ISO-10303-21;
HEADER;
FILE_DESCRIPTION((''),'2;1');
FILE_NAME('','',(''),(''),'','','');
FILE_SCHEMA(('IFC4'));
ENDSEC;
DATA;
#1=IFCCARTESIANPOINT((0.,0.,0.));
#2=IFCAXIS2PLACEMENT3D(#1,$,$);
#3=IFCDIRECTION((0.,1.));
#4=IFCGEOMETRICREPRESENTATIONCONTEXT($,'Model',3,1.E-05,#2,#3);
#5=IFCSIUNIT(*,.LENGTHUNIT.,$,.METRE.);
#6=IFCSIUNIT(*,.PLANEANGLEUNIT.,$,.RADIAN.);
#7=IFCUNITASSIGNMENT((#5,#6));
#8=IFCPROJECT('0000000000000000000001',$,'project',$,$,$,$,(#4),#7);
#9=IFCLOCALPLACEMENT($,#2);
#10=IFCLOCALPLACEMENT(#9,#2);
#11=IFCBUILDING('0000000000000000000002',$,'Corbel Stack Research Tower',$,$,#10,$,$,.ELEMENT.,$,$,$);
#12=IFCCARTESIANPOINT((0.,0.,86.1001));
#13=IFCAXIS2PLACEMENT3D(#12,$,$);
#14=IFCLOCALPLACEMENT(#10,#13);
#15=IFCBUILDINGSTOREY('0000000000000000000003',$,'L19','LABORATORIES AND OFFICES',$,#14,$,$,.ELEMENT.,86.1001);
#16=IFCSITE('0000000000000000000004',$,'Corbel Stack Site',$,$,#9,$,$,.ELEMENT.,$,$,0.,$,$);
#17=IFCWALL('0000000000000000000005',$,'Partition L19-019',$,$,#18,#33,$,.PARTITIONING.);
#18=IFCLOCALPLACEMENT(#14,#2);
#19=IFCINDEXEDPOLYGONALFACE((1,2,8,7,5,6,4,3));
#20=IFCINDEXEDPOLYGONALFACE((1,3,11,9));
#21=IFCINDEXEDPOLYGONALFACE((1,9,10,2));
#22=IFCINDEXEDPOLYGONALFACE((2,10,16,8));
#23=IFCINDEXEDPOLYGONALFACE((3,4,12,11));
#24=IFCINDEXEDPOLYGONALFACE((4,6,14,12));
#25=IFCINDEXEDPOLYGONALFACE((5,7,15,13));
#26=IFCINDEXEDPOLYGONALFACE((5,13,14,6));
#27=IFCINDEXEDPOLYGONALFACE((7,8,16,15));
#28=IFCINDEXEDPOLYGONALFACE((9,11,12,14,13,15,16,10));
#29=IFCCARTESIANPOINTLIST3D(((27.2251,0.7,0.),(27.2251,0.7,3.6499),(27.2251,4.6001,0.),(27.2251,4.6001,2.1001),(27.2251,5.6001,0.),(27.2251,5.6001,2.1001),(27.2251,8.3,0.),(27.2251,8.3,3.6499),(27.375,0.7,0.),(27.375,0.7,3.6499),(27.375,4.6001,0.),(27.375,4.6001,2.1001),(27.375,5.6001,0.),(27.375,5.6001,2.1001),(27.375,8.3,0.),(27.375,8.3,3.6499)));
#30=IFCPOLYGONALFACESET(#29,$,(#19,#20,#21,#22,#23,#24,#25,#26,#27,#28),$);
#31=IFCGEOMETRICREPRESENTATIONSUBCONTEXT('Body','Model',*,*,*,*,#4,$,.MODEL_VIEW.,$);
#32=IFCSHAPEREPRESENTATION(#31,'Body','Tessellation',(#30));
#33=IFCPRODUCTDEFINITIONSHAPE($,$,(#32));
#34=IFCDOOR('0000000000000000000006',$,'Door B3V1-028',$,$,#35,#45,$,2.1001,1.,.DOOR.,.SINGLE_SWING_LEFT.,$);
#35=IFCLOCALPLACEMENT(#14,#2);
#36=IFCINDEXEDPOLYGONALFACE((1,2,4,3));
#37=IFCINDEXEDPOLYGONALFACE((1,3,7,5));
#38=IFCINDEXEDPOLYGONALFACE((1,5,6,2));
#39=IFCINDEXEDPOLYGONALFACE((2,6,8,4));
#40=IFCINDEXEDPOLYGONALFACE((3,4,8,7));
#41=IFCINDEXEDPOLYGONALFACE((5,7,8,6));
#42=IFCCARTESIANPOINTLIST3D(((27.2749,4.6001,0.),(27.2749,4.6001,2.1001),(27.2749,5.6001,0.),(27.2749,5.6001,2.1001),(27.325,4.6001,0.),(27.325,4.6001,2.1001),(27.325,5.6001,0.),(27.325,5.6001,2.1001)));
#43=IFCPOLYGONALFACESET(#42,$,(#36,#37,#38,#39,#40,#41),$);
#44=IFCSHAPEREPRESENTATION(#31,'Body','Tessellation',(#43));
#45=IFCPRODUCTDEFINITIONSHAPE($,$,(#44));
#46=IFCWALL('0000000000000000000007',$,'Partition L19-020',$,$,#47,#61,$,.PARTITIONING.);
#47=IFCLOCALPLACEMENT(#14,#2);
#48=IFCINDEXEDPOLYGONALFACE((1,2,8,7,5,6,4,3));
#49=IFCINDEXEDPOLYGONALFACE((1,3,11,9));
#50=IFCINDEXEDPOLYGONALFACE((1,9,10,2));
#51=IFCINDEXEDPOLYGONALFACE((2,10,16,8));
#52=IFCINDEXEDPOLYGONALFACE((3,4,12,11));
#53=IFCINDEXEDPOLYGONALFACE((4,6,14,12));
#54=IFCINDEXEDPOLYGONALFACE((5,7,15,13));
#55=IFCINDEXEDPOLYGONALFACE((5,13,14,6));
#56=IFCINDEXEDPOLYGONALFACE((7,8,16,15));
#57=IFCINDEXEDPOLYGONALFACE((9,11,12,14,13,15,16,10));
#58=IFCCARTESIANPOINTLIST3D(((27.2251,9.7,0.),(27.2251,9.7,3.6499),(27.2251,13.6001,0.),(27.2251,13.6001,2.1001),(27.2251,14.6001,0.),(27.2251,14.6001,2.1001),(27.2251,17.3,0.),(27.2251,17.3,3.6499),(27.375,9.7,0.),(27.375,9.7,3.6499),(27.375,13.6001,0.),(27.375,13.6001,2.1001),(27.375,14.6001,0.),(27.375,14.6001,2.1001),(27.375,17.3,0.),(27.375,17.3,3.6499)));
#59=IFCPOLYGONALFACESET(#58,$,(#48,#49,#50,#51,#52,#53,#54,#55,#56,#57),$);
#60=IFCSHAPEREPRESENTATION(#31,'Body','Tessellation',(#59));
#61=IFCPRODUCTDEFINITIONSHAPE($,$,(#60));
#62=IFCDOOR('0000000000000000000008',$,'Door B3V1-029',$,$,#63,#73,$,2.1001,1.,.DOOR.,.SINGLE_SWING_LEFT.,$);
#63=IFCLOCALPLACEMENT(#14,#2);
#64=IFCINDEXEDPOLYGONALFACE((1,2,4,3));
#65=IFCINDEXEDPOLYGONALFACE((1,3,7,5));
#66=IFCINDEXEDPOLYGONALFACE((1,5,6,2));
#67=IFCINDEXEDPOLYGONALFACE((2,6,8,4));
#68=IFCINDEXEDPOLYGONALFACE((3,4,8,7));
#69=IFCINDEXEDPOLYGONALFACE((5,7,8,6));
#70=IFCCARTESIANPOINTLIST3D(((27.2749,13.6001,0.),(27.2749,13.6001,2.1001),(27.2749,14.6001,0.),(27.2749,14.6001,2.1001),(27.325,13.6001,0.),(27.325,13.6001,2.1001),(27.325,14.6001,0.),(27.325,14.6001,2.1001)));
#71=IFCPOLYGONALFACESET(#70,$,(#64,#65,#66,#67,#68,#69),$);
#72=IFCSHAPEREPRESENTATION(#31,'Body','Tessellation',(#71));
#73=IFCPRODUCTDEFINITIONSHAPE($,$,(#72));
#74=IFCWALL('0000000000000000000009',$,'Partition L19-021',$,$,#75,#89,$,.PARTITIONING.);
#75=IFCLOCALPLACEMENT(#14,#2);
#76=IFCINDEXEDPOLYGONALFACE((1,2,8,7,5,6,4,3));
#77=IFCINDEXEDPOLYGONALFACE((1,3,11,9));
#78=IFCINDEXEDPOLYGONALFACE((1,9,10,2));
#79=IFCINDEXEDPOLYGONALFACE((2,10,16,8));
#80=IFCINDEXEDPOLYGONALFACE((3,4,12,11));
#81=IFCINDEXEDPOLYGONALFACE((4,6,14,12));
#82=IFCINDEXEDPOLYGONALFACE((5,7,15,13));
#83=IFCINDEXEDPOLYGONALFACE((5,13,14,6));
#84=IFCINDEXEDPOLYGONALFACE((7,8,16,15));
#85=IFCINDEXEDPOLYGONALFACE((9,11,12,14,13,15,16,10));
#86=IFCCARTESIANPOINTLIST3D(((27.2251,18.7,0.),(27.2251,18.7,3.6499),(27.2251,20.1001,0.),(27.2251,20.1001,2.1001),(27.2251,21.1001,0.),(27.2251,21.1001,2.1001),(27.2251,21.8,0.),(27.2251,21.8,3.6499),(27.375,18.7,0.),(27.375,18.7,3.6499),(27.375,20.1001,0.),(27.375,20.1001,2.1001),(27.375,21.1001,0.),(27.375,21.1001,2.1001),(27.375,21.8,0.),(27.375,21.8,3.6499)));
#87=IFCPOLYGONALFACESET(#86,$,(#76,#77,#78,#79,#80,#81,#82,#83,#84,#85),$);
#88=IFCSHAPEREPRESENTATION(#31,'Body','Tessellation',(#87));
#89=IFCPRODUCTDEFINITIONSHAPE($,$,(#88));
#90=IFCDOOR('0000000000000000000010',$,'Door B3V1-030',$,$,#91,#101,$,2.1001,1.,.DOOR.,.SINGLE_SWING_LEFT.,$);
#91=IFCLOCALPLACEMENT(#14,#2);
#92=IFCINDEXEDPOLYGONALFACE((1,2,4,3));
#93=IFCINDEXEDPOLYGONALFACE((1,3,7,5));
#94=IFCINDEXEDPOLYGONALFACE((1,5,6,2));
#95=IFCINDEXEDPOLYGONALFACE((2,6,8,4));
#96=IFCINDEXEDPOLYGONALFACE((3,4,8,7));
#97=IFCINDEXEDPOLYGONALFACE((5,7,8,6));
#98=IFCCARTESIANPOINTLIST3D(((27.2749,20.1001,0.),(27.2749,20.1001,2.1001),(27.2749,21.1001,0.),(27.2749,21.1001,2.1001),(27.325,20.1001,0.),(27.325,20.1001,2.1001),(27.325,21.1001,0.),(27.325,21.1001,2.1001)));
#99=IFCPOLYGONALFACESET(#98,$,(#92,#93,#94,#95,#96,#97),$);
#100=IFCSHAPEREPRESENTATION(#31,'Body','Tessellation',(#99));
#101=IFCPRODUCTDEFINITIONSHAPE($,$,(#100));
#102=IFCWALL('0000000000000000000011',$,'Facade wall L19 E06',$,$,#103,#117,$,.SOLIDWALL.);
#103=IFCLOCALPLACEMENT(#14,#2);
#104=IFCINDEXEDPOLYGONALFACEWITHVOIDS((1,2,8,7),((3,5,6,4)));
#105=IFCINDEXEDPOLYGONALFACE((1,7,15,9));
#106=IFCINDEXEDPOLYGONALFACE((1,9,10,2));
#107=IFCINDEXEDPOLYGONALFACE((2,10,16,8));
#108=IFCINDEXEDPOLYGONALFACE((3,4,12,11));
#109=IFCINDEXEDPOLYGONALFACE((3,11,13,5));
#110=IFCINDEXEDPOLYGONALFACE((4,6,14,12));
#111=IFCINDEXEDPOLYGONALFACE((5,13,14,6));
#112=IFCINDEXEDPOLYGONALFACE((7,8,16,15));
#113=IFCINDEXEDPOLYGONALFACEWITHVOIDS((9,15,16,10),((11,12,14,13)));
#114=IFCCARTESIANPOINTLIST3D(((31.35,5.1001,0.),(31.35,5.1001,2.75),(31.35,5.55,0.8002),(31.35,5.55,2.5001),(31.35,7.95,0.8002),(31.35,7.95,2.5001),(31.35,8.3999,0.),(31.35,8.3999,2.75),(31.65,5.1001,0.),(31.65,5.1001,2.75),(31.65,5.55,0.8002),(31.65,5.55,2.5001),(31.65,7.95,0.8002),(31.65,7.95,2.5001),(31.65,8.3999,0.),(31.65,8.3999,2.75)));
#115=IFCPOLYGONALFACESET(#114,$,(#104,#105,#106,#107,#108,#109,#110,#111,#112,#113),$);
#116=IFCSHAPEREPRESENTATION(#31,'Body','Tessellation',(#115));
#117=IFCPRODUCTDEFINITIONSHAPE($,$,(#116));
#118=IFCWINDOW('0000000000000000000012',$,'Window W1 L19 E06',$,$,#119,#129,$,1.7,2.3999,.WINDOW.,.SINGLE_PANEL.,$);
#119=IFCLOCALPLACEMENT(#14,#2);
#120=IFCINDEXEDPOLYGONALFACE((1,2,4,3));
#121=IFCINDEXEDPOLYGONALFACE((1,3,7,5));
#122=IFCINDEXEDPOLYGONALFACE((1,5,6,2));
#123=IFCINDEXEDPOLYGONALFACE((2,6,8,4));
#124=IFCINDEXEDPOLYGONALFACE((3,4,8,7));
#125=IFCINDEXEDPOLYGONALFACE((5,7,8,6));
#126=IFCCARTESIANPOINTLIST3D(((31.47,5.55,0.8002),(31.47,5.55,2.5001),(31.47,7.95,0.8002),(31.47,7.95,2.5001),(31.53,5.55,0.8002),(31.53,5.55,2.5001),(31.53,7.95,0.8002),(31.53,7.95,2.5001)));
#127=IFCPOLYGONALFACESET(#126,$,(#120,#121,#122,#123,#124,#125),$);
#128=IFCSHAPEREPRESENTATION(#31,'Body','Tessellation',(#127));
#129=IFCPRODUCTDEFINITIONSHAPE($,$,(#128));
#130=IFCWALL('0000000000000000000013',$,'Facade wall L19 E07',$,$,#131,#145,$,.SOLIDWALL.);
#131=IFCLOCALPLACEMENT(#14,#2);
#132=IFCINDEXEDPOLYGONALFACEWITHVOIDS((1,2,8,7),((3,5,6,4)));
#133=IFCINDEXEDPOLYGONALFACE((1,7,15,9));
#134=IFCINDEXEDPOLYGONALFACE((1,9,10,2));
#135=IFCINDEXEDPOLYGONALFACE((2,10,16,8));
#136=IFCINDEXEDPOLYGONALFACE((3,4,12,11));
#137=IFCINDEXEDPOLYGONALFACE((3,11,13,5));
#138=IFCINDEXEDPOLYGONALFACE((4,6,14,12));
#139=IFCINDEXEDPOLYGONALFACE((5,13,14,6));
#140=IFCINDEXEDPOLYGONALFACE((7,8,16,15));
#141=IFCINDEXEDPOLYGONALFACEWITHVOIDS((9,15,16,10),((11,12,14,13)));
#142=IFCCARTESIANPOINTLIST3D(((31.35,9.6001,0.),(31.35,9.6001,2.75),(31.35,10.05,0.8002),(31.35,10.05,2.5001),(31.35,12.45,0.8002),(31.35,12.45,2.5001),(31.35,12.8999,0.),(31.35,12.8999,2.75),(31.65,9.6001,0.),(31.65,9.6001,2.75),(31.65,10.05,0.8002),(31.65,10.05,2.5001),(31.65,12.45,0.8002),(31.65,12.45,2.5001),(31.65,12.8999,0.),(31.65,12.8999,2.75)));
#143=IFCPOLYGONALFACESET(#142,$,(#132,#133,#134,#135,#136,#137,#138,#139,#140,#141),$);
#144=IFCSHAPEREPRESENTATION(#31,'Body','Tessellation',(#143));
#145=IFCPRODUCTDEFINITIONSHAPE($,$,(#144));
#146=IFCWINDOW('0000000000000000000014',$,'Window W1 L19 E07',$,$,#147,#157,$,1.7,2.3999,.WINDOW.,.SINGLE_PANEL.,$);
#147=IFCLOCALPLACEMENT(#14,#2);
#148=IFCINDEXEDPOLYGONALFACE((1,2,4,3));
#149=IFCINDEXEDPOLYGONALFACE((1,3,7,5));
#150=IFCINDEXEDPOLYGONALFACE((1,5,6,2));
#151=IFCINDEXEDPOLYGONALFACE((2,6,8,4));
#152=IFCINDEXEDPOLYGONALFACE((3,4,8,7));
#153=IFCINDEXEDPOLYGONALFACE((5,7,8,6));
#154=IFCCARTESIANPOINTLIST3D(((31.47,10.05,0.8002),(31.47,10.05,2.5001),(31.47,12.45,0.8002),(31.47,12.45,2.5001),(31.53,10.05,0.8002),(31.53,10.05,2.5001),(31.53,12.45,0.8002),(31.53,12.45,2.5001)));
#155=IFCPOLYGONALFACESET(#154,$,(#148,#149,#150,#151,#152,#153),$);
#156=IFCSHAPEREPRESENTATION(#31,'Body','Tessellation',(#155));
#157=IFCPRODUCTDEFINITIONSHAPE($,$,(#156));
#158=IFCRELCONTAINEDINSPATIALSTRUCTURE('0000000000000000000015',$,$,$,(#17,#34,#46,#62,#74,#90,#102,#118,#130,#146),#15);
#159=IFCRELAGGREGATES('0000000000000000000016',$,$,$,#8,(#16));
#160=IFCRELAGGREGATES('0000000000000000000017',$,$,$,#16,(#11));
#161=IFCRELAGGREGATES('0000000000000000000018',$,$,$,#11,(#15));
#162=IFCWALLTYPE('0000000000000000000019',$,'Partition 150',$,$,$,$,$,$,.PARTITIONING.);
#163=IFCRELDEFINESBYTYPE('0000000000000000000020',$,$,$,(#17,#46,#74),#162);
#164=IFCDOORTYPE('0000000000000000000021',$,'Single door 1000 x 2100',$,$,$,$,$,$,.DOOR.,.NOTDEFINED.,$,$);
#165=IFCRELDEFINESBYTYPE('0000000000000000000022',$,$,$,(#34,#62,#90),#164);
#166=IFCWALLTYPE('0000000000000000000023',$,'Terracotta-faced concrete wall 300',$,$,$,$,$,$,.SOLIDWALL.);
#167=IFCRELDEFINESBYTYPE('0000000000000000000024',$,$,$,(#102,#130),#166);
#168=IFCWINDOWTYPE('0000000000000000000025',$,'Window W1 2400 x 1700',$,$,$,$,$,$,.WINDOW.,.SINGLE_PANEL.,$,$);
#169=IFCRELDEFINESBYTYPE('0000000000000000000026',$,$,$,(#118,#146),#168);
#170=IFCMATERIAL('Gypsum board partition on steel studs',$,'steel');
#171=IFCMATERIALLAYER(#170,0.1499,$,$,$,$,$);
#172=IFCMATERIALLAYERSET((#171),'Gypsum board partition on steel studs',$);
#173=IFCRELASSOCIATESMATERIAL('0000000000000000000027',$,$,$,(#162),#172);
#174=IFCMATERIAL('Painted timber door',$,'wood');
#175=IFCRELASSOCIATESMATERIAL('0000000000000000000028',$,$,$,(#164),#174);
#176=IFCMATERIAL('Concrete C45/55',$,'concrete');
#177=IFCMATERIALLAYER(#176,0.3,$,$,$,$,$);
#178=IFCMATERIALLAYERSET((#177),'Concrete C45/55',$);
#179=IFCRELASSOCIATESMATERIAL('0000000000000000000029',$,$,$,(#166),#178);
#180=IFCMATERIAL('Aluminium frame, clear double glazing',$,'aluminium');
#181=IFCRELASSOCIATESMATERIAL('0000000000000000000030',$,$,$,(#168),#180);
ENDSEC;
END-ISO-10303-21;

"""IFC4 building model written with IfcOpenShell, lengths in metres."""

from ifc_helpers import new_model, si_unit, direction, frame, frame_2d, origin, place, context, subcontext, project, spatial, rectangle, extrude, material, layer, layer_set, type_object, element, fill, save


model = new_model("IFC4")

# Units and contexts
model_context = context("Model", 3, precision=1e-05, world=origin(), true_north=direction((0.0, 1.0)))
body_context = subcontext(model_context, "Body", "Model", "MODEL_VIEW")
ifc_project = project(units=[si_unit("LENGTHUNIT", "METRE"), si_unit("PLANEANGLEUNIT", "RADIAN")], contexts=[model_context])

# Site, building, storey
site_placement = place(None, origin())
site = spatial("IfcSite", under=ifc_project, at=site_placement, Name="Corbel Stack Site", CompositionType="ELEMENT", RefElevation=0.0)
building_placement = place(site_placement, origin())
building = spatial("IfcBuilding", under=site, at=building_placement, Name="Corbel Stack Research Tower", CompositionType="ELEMENT")
storey_placement = place(building_placement, frame((0.0, 0.0, 86.1001)))
storey = spatial("IfcBuildingStorey", under=building, at=storey_placement, Name="L19", Description="LABORATORIES AND OFFICES", CompositionType="ELEMENT", Elevation=86.1001)

# Walls, openings, doors
ifc_material_1 = material(Name="Gypsum board partition on steel studs", Category="steel")
ifc_layer_1 = layer(ifc_material_1, 0.1499)
ifc_layer_set_1 = layer_set([ifc_layer_1], Name="Gypsum board partition on steel studs")
wall_type_1 = type_object("IfcWallType", Name="Partition 150", PredefinedType="PARTITIONING", material=ifc_layer_set_1)
wall_1_placement = place(storey_placement, frame((27.3, 8.3, 0.0), z_axis=(0.0, 0.0, 1.0), x_axis=(0.0, -1.0, 0.0)))
wall_1 = element("IfcWall", 1, at=wall_1_placement, inside=storey, type_object=wall_type_1, Name="Partition L19-019", PredefinedType="PARTITIONING", context=body_context, shape_type="SweptSolid", body=[
    extrude(rectangle(XDim=7.6001, YDim=0.1499, at=frame_2d((3.8, 0.0))), origin(), (0.0, 0.0, 1.0), 3.6499),
])
opening_1_placement = place(wall_1_placement, frame((2.7, 0.0, 0.0)))
opening_1 = element("IfcOpeningElement", 2, at=opening_1_placement, cuts=wall_1, PredefinedType="OPENING", context=body_context, shape_type="SweptSolid", body=[
    extrude(rectangle(XDim=1.0, YDim=2.1001, at=frame_2d((0.5, 1.05))), frame((0.0, 0.085, 0.0), z_axis=(0.0, -1.0, 0.0), x_axis=(1.0, 0.0, 0.0)), (0.0, 0.0, 1.0), 0.1699),
])
ifc_material_2 = material(Name="Painted timber door", Category="wood")
door_type_1 = type_object("IfcDoorType", Name="Single door 1000 x 2100", OperationType="NOTDEFINED", PredefinedType="DOOR", material=ifc_material_2)
door_1_placement = place(opening_1_placement, origin())
door_1 = element("IfcDoor", 3, at=door_1_placement, inside=storey, type_object=door_type_1, Name="Door B3V1-028", OperationType="SINGLE_SWING_LEFT", OverallHeight=2.1001, OverallWidth=1.0, PredefinedType="DOOR", context=body_context, shape_type="SweptSolid", body=[
    extrude(rectangle(XDim=1.0, YDim=2.1001, at=frame_2d((0.5, 1.05))), frame((0.0, 0.0249, 0.0), z_axis=(0.0, -1.0, 0.0), x_axis=(1.0, 0.0, 0.0)), (0.0, 0.0, 1.0), 0.05),
])
fill(opening_1, door_1)
wall_2_placement = place(storey_placement, frame((27.3, 17.3, 0.0), z_axis=(0.0, 0.0, 1.0), x_axis=(0.0, -1.0, 0.0)))
wall_2 = element("IfcWall", 4, at=wall_2_placement, inside=storey, type_object=wall_type_1, Name="Partition L19-020", PredefinedType="PARTITIONING", context=body_context, shape_type="SweptSolid", body=[
    extrude(rectangle(XDim=7.6001, YDim=0.1499, at=frame_2d((3.8, 0.0))), origin(), (0.0, 0.0, 1.0), 3.6499),
])
opening_2_placement = place(wall_2_placement, frame((2.7, 0.0, 0.0)))
opening_2 = element("IfcOpeningElement", 5, at=opening_2_placement, cuts=wall_2, PredefinedType="OPENING", context=body_context, shape_type="SweptSolid", body=[
    extrude(rectangle(XDim=1.0, YDim=2.1001, at=frame_2d((0.5, 1.05))), frame((0.0, 0.085, 0.0), z_axis=(0.0, -1.0, 0.0), x_axis=(1.0, 0.0, 0.0)), (0.0, 0.0, 1.0), 0.1699),
])
door_2_placement = place(opening_2_placement, origin())
door_2 = element("IfcDoor", 6, at=door_2_placement, inside=storey, type_object=door_type_1, Name="Door B3V1-029", OperationType="SINGLE_SWING_LEFT", OverallHeight=2.1001, OverallWidth=1.0, PredefinedType="DOOR", context=body_context, shape_type="SweptSolid", body=[
    extrude(rectangle(XDim=1.0, YDim=2.1001, at=frame_2d((0.5, 1.05))), frame((0.0, 0.0249, 0.0), z_axis=(0.0, -1.0, 0.0), x_axis=(1.0, 0.0, 0.0)), (0.0, 0.0, 1.0), 0.05),
])
fill(opening_2, door_2)
wall_3_placement = place(storey_placement, frame((27.3, 21.8, 0.0), z_axis=(0.0, 0.0, 1.0), x_axis=(0.0, -1.0, 0.0)))
wall_3 = element("IfcWall", 7, at=wall_3_placement, inside=storey, type_object=wall_type_1, Name="Partition L19-021", PredefinedType="PARTITIONING", context=body_context, shape_type="SweptSolid", body=[
    extrude(rectangle(XDim=3.1001, YDim=0.1499, at=frame_2d((1.55, 0.0))), origin(), (0.0, 0.0, 1.0), 3.6499),
])
opening_3_placement = place(wall_3_placement, frame((0.7, 0.0, 0.0)))
opening_3 = element("IfcOpeningElement", 8, at=opening_3_placement, cuts=wall_3, PredefinedType="OPENING", context=body_context, shape_type="SweptSolid", body=[
    extrude(rectangle(XDim=1.0, YDim=2.1001, at=frame_2d((0.5, 1.05))), frame((0.0, 0.085, 0.0), z_axis=(0.0, -1.0, 0.0), x_axis=(1.0, 0.0, 0.0)), (0.0, 0.0, 1.0), 0.1699),
])
door_3_placement = place(opening_3_placement, origin())
door_3 = element("IfcDoor", 9, at=door_3_placement, inside=storey, type_object=door_type_1, Name="Door B3V1-030", OperationType="SINGLE_SWING_LEFT", OverallHeight=2.1001, OverallWidth=1.0, PredefinedType="DOOR", context=body_context, shape_type="SweptSolid", body=[
    extrude(rectangle(XDim=1.0, YDim=2.1001, at=frame_2d((0.5, 1.05))), frame((0.0, 0.0249, 0.0), z_axis=(0.0, -1.0, 0.0), x_axis=(1.0, 0.0, 0.0)), (0.0, 0.0, 1.0), 0.05),
])
fill(opening_3, door_3)

# Walls, openings, windows
ifc_material_3 = material(Name="Concrete C45/55", Category="concrete")
ifc_layer_2 = layer(ifc_material_3, 0.3)
ifc_layer_set_2 = layer_set([ifc_layer_2], Name="Concrete C45/55")
wall_type_2 = type_object("IfcWallType", Name="Terracotta-faced concrete wall 300", PredefinedType="SOLIDWALL", material=ifc_layer_set_2)
wall_4_placement = place(storey_placement, frame((31.5, 8.3999, 0.0), z_axis=(0.0, 0.0, 1.0), x_axis=(0.0, -1.0, 0.0)))
wall_4 = element("IfcWall", 10, at=wall_4_placement, inside=storey, type_object=wall_type_2, Name="Facade wall L19 E06", PredefinedType="SOLIDWALL", context=body_context, shape_type="SweptSolid", body=[
    extrude(rectangle(XDim=3.2998, YDim=0.3, at=frame_2d((1.6499, 0.0))), origin(), (0.0, 0.0, 1.0), 2.75),
])
opening_4_placement = place(wall_4_placement, frame((0.45, 0.0, 0.8)))
opening_4 = element("IfcOpeningElement", 11, at=opening_4_placement, cuts=wall_4, PredefinedType="OPENING", context=body_context, shape_type="SweptSolid", body=[
    extrude(rectangle(XDim=2.3999, YDim=1.7, at=frame_2d((1.2, 0.8501))), frame((0.0, 0.1599, 0.0), z_axis=(0.0, -1.0, 0.0), x_axis=(1.0, 0.0, 0.0)), (0.0, 0.0, 1.0), 0.3201),
])
ifc_material_4 = material(Name="Aluminium frame, clear double glazing", Category="aluminium")
window_type = type_object("IfcWindowType", Name="Window W1 2400 x 1700", PartitioningType="SINGLE_PANEL", PredefinedType="WINDOW", material=ifc_material_4)
window_1_placement = place(opening_4_placement, origin())
window_1 = element("IfcWindow", 12, at=window_1_placement, inside=storey, type_object=window_type, Name="Window W1 L19 E06", OverallHeight=1.7, OverallWidth=2.3999, PartitioningType="SINGLE_PANEL", PredefinedType="WINDOW", context=body_context, shape_type="SweptSolid", body=[
    extrude(rectangle(XDim=2.3999, YDim=1.7, at=frame_2d((1.2, 0.8501))), frame((0.0, 0.03, 0.0), z_axis=(0.0, -1.0, 0.0), x_axis=(1.0, 0.0, 0.0)), (0.0, 0.0, 1.0), 0.0601),
])
fill(opening_4, window_1)
wall_5_placement = place(storey_placement, frame((31.5, 12.8999, 0.0), z_axis=(0.0, 0.0, 1.0), x_axis=(0.0, -1.0, 0.0)))
wall_5 = element("IfcWall", 13, at=wall_5_placement, inside=storey, type_object=wall_type_2, Name="Facade wall L19 E07", PredefinedType="SOLIDWALL", context=body_context, shape_type="SweptSolid", body=[
    extrude(rectangle(XDim=3.2998, YDim=0.3, at=frame_2d((1.6499, 0.0))), origin(), (0.0, 0.0, 1.0), 2.75),
])
opening_5_placement = place(wall_5_placement, frame((0.45, 0.0, 0.8)))
opening_5 = element("IfcOpeningElement", 14, at=opening_5_placement, cuts=wall_5, PredefinedType="OPENING", context=body_context, shape_type="SweptSolid", body=[
    extrude(rectangle(XDim=2.3999, YDim=1.7, at=frame_2d((1.2, 0.8501))), frame((0.0, 0.1599, 0.0), z_axis=(0.0, -1.0, 0.0), x_axis=(1.0, 0.0, 0.0)), (0.0, 0.0, 1.0), 0.3201),
])
window_2_placement = place(opening_5_placement, origin())
window_2 = element("IfcWindow", 15, at=window_2_placement, inside=storey, type_object=window_type, Name="Window W1 L19 E07", OverallHeight=1.7, OverallWidth=2.3999, PartitioningType="SINGLE_PANEL", PredefinedType="WINDOW", context=body_context, shape_type="SweptSolid", body=[
    extrude(rectangle(XDim=2.3999, YDim=1.7, at=frame_2d((1.2, 0.8501))), frame((0.0, 0.03, 0.0), z_axis=(0.0, -1.0, 0.0), x_axis=(1.0, 0.0, 0.0)), (0.0, 0.0, 1.0), 0.0601),
])
fill(opening_5, window_2)

save(model, "model.ifc")
